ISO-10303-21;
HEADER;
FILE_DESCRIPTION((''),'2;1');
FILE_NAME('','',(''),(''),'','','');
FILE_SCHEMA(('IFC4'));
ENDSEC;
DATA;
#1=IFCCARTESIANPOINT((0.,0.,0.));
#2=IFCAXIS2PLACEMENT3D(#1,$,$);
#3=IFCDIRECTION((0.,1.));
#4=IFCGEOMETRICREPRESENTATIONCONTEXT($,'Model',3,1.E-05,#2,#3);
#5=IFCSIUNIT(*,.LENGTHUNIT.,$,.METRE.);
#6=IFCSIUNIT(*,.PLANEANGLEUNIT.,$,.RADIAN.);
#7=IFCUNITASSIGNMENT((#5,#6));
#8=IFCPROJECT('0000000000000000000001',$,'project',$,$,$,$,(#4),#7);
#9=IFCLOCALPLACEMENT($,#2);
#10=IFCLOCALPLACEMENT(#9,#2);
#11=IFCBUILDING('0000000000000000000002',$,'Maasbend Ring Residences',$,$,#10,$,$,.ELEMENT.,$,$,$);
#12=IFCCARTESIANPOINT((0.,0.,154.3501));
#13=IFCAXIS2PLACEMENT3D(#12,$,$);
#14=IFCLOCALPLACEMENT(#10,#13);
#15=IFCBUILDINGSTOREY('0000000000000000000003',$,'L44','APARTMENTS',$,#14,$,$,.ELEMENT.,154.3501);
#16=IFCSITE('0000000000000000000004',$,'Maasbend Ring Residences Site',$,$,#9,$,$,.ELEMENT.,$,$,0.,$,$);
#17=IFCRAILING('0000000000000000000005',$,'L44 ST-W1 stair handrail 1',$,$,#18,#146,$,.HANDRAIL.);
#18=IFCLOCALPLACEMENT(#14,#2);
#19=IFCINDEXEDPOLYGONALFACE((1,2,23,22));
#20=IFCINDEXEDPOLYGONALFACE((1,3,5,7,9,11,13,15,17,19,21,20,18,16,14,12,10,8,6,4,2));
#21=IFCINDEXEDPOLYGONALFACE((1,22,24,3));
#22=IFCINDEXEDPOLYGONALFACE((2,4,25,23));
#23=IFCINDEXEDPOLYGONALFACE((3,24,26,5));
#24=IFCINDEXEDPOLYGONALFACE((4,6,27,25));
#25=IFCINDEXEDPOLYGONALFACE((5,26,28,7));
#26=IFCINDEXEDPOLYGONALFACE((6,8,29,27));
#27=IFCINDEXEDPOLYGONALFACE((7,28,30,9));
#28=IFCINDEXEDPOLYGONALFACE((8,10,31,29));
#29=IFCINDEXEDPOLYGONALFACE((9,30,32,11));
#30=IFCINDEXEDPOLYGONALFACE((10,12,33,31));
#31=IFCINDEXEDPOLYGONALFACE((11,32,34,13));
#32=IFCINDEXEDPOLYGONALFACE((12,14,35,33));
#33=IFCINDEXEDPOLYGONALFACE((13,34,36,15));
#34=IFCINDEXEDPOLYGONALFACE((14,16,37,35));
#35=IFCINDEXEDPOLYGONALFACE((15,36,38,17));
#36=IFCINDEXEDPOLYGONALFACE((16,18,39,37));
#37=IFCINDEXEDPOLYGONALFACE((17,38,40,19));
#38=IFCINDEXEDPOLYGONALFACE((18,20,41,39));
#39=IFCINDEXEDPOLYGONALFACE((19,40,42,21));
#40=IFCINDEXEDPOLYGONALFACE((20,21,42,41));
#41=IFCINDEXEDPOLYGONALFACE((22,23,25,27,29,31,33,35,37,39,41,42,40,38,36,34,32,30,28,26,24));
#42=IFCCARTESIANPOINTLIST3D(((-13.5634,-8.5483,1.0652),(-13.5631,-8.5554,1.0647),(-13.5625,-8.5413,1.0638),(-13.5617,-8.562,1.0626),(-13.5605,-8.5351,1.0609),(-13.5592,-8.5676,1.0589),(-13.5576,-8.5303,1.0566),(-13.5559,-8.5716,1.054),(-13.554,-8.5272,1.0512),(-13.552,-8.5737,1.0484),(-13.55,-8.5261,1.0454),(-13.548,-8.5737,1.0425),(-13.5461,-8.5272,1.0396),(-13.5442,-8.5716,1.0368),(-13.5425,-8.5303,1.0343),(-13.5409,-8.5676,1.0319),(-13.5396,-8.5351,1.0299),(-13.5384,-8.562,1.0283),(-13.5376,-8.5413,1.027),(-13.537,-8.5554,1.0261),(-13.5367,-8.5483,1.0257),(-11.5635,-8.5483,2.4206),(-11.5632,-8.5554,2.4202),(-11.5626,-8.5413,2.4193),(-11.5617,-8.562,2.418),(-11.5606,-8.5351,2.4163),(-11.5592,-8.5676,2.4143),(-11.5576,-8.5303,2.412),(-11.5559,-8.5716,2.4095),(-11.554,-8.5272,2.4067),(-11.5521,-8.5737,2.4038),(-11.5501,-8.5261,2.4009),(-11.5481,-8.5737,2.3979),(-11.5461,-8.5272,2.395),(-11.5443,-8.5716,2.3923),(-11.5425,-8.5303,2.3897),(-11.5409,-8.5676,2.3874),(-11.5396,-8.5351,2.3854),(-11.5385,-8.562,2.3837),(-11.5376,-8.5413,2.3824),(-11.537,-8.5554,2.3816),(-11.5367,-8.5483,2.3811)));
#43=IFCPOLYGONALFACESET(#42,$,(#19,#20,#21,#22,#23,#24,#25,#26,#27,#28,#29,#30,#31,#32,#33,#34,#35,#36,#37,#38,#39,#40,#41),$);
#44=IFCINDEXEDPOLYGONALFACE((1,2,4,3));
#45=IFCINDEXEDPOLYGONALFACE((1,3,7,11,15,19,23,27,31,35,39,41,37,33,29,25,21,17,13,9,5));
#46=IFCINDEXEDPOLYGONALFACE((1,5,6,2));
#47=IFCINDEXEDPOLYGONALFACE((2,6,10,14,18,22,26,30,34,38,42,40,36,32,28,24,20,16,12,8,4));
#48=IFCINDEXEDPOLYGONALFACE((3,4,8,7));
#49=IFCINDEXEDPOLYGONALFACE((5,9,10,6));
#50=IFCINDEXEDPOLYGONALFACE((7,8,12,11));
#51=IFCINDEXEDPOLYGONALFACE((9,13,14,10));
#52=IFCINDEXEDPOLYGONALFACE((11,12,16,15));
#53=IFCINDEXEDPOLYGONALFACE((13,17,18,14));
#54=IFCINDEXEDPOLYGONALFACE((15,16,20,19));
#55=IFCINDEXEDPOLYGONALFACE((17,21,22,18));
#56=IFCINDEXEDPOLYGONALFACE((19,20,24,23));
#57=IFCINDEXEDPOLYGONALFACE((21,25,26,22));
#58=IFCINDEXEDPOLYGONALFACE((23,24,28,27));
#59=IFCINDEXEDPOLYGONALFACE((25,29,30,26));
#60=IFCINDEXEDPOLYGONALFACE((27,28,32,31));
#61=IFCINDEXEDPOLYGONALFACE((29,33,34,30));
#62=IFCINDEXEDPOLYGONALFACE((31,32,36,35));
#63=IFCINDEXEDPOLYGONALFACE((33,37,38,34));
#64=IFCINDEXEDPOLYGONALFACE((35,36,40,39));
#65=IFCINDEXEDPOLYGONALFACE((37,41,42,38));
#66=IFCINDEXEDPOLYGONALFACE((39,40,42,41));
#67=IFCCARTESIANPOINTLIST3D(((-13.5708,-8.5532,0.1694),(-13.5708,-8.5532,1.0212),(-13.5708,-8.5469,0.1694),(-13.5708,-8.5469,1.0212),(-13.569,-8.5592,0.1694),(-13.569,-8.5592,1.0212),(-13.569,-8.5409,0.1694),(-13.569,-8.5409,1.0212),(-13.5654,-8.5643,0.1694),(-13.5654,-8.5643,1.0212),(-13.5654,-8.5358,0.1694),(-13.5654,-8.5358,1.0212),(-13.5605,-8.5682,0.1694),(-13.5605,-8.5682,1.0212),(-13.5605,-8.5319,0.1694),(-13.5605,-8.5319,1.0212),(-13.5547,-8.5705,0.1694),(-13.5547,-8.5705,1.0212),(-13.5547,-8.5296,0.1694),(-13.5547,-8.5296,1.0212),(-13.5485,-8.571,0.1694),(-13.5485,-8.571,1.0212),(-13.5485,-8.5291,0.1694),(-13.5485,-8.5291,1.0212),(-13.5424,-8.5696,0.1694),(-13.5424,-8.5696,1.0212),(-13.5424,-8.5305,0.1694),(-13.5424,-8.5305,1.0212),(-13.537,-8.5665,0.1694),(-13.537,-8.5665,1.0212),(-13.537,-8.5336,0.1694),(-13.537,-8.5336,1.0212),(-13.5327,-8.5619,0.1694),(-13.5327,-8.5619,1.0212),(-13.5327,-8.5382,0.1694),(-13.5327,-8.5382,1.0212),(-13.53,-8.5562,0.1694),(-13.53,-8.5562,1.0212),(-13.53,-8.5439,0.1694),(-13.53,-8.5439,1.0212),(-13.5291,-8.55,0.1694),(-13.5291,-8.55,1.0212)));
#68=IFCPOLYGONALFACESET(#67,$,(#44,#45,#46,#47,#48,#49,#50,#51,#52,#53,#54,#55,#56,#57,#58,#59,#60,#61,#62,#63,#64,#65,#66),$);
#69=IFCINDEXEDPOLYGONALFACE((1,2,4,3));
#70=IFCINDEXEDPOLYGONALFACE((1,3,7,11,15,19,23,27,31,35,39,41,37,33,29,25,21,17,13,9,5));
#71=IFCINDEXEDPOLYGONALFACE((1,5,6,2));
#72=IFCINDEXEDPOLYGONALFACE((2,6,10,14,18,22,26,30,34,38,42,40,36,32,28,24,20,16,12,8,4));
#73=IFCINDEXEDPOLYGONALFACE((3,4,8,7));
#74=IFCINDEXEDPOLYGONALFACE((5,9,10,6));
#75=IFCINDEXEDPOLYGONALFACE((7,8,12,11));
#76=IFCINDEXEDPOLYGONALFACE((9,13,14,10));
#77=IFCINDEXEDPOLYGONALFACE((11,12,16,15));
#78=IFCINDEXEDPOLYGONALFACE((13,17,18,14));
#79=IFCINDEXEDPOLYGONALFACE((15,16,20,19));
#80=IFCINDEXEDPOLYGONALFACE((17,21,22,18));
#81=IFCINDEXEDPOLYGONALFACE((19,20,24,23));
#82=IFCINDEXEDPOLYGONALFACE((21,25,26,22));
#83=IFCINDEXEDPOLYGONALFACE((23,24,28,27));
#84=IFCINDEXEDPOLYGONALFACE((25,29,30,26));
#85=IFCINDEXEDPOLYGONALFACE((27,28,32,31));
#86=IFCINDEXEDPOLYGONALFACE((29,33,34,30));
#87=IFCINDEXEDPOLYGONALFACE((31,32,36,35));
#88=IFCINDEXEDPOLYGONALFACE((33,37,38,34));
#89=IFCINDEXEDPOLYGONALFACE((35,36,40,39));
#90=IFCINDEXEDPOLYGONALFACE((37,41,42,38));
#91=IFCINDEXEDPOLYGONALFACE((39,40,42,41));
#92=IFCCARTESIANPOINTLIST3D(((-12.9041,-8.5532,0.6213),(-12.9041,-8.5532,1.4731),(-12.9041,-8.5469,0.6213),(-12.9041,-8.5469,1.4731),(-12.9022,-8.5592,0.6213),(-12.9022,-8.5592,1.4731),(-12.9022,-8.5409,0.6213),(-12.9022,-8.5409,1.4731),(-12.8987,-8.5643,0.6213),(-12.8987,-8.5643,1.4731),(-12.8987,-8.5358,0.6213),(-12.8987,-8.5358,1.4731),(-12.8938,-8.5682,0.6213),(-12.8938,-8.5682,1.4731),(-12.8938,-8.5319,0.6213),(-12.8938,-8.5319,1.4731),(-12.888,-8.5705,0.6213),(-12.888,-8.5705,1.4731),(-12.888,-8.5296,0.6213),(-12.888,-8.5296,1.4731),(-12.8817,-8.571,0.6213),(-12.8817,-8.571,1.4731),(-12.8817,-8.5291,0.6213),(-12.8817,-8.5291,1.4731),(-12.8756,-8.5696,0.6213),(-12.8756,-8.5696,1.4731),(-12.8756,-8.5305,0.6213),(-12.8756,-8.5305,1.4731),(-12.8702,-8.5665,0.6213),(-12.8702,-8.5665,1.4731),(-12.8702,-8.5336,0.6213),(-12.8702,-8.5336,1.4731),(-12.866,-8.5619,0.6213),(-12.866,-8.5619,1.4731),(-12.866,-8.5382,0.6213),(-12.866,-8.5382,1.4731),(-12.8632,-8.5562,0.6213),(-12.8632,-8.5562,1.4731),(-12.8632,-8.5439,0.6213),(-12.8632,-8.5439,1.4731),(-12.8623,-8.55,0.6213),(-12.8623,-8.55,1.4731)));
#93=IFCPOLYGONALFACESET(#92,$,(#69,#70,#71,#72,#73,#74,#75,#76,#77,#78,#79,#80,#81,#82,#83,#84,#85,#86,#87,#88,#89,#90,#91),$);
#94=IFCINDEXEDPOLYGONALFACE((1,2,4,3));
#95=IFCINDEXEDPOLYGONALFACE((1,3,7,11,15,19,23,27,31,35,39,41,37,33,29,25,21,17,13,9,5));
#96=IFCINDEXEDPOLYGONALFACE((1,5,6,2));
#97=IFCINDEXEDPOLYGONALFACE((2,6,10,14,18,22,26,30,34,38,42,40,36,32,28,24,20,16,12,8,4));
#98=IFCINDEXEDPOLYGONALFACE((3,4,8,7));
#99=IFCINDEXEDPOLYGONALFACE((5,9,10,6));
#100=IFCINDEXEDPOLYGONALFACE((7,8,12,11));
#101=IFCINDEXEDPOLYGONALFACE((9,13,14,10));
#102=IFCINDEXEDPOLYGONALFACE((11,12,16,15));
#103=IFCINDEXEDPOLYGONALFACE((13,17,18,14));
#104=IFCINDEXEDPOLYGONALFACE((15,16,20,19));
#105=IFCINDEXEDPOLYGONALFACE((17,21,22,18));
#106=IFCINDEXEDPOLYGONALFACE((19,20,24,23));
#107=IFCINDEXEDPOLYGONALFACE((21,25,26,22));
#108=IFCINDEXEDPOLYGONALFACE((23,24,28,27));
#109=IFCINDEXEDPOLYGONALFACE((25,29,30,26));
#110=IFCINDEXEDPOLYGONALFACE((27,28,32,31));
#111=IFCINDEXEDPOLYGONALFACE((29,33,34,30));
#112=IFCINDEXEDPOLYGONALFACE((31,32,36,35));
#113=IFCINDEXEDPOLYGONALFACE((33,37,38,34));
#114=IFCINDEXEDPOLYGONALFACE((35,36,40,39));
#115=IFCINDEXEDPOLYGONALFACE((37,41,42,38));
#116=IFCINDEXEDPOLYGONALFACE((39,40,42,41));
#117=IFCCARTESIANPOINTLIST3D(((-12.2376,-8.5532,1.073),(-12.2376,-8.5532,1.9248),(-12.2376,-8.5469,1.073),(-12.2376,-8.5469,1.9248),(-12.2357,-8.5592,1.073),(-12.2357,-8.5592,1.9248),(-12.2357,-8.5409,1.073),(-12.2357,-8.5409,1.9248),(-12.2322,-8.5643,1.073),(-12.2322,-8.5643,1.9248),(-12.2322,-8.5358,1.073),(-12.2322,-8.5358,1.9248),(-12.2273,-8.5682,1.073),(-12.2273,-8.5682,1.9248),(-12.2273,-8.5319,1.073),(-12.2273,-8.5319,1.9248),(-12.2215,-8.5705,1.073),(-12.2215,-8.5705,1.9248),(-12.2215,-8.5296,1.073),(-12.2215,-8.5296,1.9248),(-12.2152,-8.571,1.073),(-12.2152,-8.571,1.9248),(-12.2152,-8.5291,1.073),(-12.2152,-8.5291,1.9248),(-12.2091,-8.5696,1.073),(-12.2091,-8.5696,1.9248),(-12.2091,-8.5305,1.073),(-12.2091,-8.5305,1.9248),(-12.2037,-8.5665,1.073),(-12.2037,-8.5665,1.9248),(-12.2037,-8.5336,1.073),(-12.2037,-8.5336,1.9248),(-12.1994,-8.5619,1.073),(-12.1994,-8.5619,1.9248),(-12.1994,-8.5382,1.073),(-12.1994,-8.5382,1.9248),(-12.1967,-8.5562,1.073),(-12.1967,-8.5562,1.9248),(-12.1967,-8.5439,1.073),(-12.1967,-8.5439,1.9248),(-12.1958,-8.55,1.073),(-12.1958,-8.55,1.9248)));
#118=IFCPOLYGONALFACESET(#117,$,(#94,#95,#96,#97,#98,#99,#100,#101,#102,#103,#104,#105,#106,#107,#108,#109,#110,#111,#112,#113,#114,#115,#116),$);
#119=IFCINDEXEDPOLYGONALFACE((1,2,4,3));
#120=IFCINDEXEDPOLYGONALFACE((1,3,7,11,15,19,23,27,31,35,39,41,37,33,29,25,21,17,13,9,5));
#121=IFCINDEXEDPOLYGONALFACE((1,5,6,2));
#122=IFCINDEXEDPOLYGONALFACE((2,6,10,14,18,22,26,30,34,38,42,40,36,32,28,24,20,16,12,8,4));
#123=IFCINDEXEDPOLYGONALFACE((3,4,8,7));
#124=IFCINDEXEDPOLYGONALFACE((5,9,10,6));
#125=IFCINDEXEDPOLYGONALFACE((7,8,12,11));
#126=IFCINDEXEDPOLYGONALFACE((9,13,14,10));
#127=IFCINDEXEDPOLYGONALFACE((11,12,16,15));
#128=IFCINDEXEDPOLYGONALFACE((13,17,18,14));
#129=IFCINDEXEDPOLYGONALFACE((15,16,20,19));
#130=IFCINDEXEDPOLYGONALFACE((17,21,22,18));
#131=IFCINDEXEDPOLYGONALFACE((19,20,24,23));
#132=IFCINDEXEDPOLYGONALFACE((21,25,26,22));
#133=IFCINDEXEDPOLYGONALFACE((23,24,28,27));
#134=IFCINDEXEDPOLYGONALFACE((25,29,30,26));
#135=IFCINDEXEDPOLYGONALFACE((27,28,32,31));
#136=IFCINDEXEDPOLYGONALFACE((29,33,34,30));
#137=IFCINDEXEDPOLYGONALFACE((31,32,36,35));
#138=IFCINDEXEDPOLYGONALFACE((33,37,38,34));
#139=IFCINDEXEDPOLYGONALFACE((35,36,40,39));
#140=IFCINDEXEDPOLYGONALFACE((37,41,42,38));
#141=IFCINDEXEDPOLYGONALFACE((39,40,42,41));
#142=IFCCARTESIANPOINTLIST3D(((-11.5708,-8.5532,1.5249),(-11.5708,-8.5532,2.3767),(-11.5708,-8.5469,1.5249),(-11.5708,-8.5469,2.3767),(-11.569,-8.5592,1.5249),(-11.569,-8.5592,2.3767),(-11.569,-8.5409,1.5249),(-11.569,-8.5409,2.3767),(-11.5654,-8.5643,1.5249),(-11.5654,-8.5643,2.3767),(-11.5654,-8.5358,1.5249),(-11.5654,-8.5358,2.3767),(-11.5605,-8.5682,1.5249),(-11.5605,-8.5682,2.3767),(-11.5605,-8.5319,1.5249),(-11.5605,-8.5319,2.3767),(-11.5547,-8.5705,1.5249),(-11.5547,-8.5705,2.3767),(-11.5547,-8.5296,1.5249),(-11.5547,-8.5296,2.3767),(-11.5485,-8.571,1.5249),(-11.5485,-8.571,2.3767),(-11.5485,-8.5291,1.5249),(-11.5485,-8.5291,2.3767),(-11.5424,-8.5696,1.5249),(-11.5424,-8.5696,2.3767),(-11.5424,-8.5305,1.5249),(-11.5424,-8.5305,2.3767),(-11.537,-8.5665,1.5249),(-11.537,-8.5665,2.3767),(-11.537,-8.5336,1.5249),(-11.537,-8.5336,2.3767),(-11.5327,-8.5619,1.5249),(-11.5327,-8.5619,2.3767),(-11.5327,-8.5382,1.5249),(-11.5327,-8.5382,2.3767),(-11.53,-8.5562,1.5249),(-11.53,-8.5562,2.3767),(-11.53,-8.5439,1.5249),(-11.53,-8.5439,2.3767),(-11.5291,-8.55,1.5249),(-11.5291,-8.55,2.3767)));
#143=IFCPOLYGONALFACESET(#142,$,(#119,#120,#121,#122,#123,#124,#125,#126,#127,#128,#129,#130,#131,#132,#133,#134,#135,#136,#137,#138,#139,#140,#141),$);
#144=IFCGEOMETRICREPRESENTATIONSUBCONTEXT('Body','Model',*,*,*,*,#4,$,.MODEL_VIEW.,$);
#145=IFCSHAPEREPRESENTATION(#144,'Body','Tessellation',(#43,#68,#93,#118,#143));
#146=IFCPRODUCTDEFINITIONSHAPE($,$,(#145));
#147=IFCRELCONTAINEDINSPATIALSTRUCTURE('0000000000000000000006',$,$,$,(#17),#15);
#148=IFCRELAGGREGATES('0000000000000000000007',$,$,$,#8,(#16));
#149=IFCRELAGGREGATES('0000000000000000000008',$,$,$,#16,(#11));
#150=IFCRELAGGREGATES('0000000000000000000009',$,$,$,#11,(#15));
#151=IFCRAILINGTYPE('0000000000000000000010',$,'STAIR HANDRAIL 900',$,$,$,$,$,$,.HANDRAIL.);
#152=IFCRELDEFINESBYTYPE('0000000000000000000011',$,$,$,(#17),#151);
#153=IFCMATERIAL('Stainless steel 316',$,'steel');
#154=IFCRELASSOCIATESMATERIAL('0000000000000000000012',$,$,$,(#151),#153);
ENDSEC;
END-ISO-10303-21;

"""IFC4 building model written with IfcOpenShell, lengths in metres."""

from ifc_helpers import new_model, si_unit, direction, frame, origin, origin_2d, place, context, subcontext, project, spatial, circle, extrude, material, type_object, element, save


model = new_model("IFC4")

# Units and contexts
model_context = context("Model", 3, precision=1e-05, world=origin(), true_north=direction((0.0, 1.0)))
body_context = subcontext(model_context, "Body", "Model", "MODEL_VIEW")
ifc_project = project(units=[si_unit("LENGTHUNIT", "METRE"), si_unit("PLANEANGLEUNIT", "RADIAN")], contexts=[model_context])

# Site, building, storey
site_placement = place(None, origin())
site = spatial("IfcSite", under=ifc_project, at=site_placement, Name="Maasbend Ring Residences Site", CompositionType="ELEMENT", RefElevation=0.0)
building_placement = place(site_placement, origin())
building = spatial("IfcBuilding", under=site, at=building_placement, Name="Maasbend Ring Residences", CompositionType="ELEMENT")
storey_placement = place(building_placement, frame((0.0, 0.0, 154.3501)))
storey = spatial("IfcBuildingStorey", under=building, at=storey_placement, Name="L44", Description="APARTMENTS", CompositionType="ELEMENT", Elevation=154.3501)

# Railing
ifc_material_1 = material(Name="Stainless steel 316", Category="steel")
railing_type_1 = type_object("IfcRailingType", Name="STAIR HANDRAIL 900", PredefinedType="HANDRAIL", material=ifc_material_1)
railing_1_placement = place(storey_placement, frame((-13.55, -8.55, 0.1694)))
element("IfcRailing", 1, at=railing_1_placement, inside=storey, type_object=railing_type_1, Name="L44 ST-W1 stair handrail 1", PredefinedType="HANDRAIL", context=body_context, shape_type="SweptSolid", body=[
    extrude(circle(Radius=0.0239, at=origin_2d()), frame((0.0, 0.0, 0.876), z_axis=(0.827798, 0.0, 0.561027), x_axis=(0.0, 1.0, 0.0)), (0.0, 0.0, 1.0), 2.416),
    extrude(circle(Radius=0.021, at=origin_2d()), origin(), (0.0, 0.0, 1.0), 0.8518),
    extrude(circle(Radius=0.021, at=origin_2d()), frame((0.6667, 0.0, 0.4519)), (0.0, 0.0, 1.0), 0.8518),
    extrude(circle(Radius=0.021, at=origin_2d()), frame((1.3333, 0.0, 0.9036)), (0.0, 0.0, 1.0), 0.8518),
    extrude(circle(Radius=0.021, at=origin_2d()), frame((2.0, 0.0, 1.3555)), (0.0, 0.0, 1.0), 0.8518),
])

save(model, "model.ifc")
